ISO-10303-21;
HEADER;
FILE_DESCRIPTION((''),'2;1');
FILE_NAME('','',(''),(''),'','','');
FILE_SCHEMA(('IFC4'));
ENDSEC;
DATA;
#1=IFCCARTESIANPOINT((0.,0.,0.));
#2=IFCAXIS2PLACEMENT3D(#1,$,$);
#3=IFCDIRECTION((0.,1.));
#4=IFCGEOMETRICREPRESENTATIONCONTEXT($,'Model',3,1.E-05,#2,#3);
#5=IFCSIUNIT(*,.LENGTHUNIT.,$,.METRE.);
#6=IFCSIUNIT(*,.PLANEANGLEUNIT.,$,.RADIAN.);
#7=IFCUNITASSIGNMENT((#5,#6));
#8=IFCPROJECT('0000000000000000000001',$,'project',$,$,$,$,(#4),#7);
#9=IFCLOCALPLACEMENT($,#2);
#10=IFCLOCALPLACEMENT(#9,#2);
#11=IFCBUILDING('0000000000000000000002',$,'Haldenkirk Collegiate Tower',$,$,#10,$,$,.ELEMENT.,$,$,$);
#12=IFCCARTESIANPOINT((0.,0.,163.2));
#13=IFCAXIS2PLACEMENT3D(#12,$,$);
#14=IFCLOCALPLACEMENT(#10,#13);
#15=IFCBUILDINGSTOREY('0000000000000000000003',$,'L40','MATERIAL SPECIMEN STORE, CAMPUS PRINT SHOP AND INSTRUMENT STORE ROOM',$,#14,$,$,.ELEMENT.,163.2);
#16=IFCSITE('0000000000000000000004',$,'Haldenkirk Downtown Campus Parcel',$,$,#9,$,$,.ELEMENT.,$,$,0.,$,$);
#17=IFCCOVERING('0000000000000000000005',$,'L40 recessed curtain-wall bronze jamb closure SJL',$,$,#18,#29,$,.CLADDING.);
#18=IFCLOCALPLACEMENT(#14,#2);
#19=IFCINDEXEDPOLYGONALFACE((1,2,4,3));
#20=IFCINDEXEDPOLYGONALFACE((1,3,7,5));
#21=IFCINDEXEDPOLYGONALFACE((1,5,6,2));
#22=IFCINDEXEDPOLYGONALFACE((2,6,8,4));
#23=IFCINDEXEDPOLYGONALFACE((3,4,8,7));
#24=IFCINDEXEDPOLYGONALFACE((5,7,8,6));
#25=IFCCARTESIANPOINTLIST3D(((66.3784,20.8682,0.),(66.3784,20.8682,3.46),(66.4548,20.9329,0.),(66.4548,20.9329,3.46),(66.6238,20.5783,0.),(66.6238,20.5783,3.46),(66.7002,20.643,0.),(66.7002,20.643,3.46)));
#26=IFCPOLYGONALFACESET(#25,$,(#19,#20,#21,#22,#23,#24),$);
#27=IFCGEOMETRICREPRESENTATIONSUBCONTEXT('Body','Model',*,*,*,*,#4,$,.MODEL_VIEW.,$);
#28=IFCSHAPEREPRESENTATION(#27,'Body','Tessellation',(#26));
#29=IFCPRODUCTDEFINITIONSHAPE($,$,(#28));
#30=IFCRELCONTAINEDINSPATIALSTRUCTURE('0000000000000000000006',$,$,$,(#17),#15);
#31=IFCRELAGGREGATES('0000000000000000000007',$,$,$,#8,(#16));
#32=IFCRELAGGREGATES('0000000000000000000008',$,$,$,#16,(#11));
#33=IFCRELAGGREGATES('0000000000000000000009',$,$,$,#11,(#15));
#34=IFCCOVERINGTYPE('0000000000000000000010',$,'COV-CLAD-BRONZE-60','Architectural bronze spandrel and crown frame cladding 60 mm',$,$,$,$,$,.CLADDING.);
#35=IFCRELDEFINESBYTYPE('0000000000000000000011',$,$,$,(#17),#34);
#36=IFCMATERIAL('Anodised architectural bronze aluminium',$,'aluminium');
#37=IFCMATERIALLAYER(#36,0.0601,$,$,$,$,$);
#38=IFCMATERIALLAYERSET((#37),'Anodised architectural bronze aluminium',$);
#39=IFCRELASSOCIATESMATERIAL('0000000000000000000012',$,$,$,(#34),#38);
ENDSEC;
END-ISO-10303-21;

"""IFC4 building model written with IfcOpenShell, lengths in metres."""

from ifc_helpers import new_model, si_unit, direction, frame, origin, origin_2d, place, context, subcontext, project, spatial, rectangle, extrude, source, transform, mapped, material, layer, layer_set, type_object, element, save


model = new_model("IFC4")

# Units and contexts
model_context = context("Model", 3, precision=1e-05, world=origin(), true_north=direction((0.0, 1.0)))
body_context = subcontext(model_context, "Body", "Model", "MODEL_VIEW")
ifc_project = project(units=[si_unit("LENGTHUNIT", "METRE"), si_unit("PLANEANGLEUNIT", "RADIAN")], contexts=[model_context])

# Site, building, storey
site_placement = place(None, origin())
site = spatial("IfcSite", under=ifc_project, at=site_placement, Name="Haldenkirk Downtown Campus Parcel", CompositionType="ELEMENT", RefElevation=0.0)
building_placement = place(site_placement, origin())
building = spatial("IfcBuilding", under=site, at=building_placement, Name="Haldenkirk Collegiate Tower", CompositionType="ELEMENT")
storey_placement = place(building_placement, frame((0.0, 0.0, 163.2)))
storey = spatial("IfcBuildingStorey", under=building, at=storey_placement, Name="L40", Description="MATERIAL SPECIMEN STORE, CAMPUS PRINT SHOP AND INSTRUMENT STORE ROOM", CompositionType="ELEMENT", Elevation=163.2)

# Shared definitions
ifc_material_1 = material(Name="Anodised architectural bronze aluminium", Category="aluminium")

# Covering
ifc_layer_1 = layer(ifc_material_1, 0.0601)
ifc_layer_set_1 = layer_set([ifc_layer_1], Name="Anodised architectural bronze aluminium")
covering_type = type_object("IfcCoveringType", Name="COV-CLAD-BRONZE-60", Description="Architectural bronze spandrel and crown frame cladding 60 mm", PredefinedType="CLADDING", material=ifc_layer_set_1)
shared_shape_1 = source(origin(), body_context, "Body", "SweptSolid", [
    extrude(rectangle(XDim=0.1001, YDim=0.3799, at=origin_2d()), origin(), (0.0, 0.0, 1.0), 3.46),
])
covering_placement = place(storey_placement, frame((66.5393, 20.7556, 0.0), z_axis=(0.0, 0.0, 1.0), x_axis=(-0.763232, -0.646124, 0.0)))
element("IfcCovering", 1, at=covering_placement, inside=storey, type_object=covering_type, Name="L40 recessed curtain-wall bronze jamb closure SJL", PredefinedType="CLADDING", context=body_context, shape_type="MappedRepresentation", body=[
    mapped(shared_shape_1, transform((0.0, 0.0, 0.0), x_axis=(1.0, 0.0, 0.0), y_axis=(0.0, 1.0, 0.0), z_axis=(0.0, 0.0, 1.0), scale=1.0)),
])

save(model, "model.ifc")
